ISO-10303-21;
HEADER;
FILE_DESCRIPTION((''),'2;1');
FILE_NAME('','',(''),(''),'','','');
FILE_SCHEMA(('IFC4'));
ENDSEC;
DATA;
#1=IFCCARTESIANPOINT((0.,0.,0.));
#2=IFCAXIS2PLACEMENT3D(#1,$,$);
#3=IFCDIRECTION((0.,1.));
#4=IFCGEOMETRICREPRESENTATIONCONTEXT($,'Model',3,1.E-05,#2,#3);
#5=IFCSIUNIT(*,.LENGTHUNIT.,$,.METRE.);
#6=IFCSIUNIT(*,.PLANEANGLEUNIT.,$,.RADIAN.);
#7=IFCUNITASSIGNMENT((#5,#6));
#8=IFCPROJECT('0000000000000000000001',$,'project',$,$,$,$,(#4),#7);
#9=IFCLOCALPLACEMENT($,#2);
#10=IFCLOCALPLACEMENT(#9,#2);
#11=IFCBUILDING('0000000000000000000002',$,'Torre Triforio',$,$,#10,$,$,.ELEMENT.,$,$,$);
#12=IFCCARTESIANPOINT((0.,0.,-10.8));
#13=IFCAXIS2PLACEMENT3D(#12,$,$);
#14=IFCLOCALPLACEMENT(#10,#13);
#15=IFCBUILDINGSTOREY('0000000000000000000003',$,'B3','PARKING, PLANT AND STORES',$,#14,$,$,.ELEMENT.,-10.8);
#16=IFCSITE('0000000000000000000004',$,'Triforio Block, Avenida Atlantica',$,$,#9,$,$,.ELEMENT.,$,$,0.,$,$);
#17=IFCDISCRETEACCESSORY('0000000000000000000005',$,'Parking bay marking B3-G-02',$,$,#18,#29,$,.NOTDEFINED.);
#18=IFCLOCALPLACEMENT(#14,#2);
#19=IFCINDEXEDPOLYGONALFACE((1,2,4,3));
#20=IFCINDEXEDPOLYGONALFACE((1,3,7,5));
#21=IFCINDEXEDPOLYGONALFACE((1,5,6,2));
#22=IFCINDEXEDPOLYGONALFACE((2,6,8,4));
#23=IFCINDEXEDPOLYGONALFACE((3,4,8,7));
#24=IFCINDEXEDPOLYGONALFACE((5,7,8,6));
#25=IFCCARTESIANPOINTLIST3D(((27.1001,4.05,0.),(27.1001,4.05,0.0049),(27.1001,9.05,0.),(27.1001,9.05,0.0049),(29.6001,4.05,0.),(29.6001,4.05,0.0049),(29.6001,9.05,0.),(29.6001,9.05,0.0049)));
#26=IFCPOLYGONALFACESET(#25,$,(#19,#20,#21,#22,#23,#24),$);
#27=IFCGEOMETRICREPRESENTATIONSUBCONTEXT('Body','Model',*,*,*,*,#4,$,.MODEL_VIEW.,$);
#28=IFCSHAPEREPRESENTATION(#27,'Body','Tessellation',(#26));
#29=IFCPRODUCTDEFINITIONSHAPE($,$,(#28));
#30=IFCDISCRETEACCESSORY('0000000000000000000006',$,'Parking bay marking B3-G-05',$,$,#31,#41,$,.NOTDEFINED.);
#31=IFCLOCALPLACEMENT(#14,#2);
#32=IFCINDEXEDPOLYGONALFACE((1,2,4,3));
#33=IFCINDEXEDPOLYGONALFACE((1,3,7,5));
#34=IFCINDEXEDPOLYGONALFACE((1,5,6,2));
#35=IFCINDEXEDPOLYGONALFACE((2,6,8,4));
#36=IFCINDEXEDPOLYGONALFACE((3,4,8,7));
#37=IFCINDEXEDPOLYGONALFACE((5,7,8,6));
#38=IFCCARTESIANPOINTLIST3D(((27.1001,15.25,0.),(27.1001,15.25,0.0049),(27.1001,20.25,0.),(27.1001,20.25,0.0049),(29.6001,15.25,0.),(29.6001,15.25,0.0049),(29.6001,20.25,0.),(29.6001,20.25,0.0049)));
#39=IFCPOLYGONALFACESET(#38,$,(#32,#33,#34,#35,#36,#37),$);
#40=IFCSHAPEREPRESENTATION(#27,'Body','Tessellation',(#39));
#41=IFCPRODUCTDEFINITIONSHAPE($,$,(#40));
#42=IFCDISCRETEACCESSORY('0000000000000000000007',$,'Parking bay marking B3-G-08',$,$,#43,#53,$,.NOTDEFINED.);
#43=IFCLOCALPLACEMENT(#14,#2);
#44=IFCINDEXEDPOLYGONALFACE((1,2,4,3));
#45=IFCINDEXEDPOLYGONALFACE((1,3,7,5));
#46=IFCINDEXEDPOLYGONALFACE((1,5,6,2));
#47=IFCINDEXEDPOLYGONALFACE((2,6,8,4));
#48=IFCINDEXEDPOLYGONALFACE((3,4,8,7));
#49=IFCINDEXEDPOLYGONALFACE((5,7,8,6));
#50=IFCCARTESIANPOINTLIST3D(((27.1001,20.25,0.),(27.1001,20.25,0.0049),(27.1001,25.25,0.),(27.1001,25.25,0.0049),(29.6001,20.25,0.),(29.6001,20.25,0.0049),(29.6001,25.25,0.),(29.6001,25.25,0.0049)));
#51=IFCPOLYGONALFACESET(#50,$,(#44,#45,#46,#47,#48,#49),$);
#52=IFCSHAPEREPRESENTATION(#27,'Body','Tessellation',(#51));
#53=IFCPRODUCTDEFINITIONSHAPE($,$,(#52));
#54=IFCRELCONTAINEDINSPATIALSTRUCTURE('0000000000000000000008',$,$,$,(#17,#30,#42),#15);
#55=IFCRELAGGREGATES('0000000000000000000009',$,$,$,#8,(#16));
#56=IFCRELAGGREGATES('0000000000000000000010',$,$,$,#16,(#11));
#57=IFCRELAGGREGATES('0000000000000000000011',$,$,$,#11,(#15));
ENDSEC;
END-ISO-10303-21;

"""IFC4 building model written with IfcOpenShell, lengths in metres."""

from ifc_helpers import new_model, si_unit, direction, frame, origin, origin_2d, place, context, subcontext, project, spatial, rectangle, extrude, element, save


model = new_model("IFC4")

# Units and contexts
model_context = context("Model", 3, precision=1e-05, world=origin(), true_north=direction((0.0, 1.0)))
body_context = subcontext(model_context, "Body", "Model", "MODEL_VIEW")
ifc_project = project(units=[si_unit("LENGTHUNIT", "METRE"), si_unit("PLANEANGLEUNIT", "RADIAN")], contexts=[model_context])

# Site, building, storey
site_placement = place(None, origin())
site = spatial("IfcSite", under=ifc_project, at=site_placement, Name="Triforio Block, Avenida Atlantica", CompositionType="ELEMENT", RefElevation=0.0)
building_placement = place(site_placement, origin())
building = spatial("IfcBuilding", under=site, at=building_placement, Name="Torre Triforio", CompositionType="ELEMENT")
storey_placement = place(building_placement, frame((0.0, 0.0, -10.8)))
storey = spatial("IfcBuildingStorey", under=building, at=storey_placement, Name="B3", Description="PARKING, PLANT AND STORES", CompositionType="ELEMENT", Elevation=-10.8)

# Discrete accessories
for number, where, z_axis, x_axis, name in (
    (1, (28.3501, 6.55, 0.0), (0.0, 0.0, 1.0), (1.0, 0.0, 0.0), "Parking bay marking B3-G-02"),
    (2, (28.3501, 17.75, 0.0), (0.0, 0.0, 1.0), (1.0, 0.0, 0.0), "Parking bay marking B3-G-05"),
    (3, (28.3501, 22.75, 0.0), (0.0, 0.0, 1.0), (1.0, 0.0, 0.0), "Parking bay marking B3-G-08"),
):
    element("IfcDiscreteAccessory", number, at=place(storey_placement, frame(where, z_axis=z_axis, x_axis=x_axis)), inside=storey, Name=name, PredefinedType="NOTDEFINED", context=body_context, shape_type="SweptSolid", body=[
        extrude(rectangle(XDim=2.5, YDim=5.0, at=origin_2d()), origin(), (0.0, 0.0, 1.0), 0.0049),
    ])

save(model, "model.ifc")
